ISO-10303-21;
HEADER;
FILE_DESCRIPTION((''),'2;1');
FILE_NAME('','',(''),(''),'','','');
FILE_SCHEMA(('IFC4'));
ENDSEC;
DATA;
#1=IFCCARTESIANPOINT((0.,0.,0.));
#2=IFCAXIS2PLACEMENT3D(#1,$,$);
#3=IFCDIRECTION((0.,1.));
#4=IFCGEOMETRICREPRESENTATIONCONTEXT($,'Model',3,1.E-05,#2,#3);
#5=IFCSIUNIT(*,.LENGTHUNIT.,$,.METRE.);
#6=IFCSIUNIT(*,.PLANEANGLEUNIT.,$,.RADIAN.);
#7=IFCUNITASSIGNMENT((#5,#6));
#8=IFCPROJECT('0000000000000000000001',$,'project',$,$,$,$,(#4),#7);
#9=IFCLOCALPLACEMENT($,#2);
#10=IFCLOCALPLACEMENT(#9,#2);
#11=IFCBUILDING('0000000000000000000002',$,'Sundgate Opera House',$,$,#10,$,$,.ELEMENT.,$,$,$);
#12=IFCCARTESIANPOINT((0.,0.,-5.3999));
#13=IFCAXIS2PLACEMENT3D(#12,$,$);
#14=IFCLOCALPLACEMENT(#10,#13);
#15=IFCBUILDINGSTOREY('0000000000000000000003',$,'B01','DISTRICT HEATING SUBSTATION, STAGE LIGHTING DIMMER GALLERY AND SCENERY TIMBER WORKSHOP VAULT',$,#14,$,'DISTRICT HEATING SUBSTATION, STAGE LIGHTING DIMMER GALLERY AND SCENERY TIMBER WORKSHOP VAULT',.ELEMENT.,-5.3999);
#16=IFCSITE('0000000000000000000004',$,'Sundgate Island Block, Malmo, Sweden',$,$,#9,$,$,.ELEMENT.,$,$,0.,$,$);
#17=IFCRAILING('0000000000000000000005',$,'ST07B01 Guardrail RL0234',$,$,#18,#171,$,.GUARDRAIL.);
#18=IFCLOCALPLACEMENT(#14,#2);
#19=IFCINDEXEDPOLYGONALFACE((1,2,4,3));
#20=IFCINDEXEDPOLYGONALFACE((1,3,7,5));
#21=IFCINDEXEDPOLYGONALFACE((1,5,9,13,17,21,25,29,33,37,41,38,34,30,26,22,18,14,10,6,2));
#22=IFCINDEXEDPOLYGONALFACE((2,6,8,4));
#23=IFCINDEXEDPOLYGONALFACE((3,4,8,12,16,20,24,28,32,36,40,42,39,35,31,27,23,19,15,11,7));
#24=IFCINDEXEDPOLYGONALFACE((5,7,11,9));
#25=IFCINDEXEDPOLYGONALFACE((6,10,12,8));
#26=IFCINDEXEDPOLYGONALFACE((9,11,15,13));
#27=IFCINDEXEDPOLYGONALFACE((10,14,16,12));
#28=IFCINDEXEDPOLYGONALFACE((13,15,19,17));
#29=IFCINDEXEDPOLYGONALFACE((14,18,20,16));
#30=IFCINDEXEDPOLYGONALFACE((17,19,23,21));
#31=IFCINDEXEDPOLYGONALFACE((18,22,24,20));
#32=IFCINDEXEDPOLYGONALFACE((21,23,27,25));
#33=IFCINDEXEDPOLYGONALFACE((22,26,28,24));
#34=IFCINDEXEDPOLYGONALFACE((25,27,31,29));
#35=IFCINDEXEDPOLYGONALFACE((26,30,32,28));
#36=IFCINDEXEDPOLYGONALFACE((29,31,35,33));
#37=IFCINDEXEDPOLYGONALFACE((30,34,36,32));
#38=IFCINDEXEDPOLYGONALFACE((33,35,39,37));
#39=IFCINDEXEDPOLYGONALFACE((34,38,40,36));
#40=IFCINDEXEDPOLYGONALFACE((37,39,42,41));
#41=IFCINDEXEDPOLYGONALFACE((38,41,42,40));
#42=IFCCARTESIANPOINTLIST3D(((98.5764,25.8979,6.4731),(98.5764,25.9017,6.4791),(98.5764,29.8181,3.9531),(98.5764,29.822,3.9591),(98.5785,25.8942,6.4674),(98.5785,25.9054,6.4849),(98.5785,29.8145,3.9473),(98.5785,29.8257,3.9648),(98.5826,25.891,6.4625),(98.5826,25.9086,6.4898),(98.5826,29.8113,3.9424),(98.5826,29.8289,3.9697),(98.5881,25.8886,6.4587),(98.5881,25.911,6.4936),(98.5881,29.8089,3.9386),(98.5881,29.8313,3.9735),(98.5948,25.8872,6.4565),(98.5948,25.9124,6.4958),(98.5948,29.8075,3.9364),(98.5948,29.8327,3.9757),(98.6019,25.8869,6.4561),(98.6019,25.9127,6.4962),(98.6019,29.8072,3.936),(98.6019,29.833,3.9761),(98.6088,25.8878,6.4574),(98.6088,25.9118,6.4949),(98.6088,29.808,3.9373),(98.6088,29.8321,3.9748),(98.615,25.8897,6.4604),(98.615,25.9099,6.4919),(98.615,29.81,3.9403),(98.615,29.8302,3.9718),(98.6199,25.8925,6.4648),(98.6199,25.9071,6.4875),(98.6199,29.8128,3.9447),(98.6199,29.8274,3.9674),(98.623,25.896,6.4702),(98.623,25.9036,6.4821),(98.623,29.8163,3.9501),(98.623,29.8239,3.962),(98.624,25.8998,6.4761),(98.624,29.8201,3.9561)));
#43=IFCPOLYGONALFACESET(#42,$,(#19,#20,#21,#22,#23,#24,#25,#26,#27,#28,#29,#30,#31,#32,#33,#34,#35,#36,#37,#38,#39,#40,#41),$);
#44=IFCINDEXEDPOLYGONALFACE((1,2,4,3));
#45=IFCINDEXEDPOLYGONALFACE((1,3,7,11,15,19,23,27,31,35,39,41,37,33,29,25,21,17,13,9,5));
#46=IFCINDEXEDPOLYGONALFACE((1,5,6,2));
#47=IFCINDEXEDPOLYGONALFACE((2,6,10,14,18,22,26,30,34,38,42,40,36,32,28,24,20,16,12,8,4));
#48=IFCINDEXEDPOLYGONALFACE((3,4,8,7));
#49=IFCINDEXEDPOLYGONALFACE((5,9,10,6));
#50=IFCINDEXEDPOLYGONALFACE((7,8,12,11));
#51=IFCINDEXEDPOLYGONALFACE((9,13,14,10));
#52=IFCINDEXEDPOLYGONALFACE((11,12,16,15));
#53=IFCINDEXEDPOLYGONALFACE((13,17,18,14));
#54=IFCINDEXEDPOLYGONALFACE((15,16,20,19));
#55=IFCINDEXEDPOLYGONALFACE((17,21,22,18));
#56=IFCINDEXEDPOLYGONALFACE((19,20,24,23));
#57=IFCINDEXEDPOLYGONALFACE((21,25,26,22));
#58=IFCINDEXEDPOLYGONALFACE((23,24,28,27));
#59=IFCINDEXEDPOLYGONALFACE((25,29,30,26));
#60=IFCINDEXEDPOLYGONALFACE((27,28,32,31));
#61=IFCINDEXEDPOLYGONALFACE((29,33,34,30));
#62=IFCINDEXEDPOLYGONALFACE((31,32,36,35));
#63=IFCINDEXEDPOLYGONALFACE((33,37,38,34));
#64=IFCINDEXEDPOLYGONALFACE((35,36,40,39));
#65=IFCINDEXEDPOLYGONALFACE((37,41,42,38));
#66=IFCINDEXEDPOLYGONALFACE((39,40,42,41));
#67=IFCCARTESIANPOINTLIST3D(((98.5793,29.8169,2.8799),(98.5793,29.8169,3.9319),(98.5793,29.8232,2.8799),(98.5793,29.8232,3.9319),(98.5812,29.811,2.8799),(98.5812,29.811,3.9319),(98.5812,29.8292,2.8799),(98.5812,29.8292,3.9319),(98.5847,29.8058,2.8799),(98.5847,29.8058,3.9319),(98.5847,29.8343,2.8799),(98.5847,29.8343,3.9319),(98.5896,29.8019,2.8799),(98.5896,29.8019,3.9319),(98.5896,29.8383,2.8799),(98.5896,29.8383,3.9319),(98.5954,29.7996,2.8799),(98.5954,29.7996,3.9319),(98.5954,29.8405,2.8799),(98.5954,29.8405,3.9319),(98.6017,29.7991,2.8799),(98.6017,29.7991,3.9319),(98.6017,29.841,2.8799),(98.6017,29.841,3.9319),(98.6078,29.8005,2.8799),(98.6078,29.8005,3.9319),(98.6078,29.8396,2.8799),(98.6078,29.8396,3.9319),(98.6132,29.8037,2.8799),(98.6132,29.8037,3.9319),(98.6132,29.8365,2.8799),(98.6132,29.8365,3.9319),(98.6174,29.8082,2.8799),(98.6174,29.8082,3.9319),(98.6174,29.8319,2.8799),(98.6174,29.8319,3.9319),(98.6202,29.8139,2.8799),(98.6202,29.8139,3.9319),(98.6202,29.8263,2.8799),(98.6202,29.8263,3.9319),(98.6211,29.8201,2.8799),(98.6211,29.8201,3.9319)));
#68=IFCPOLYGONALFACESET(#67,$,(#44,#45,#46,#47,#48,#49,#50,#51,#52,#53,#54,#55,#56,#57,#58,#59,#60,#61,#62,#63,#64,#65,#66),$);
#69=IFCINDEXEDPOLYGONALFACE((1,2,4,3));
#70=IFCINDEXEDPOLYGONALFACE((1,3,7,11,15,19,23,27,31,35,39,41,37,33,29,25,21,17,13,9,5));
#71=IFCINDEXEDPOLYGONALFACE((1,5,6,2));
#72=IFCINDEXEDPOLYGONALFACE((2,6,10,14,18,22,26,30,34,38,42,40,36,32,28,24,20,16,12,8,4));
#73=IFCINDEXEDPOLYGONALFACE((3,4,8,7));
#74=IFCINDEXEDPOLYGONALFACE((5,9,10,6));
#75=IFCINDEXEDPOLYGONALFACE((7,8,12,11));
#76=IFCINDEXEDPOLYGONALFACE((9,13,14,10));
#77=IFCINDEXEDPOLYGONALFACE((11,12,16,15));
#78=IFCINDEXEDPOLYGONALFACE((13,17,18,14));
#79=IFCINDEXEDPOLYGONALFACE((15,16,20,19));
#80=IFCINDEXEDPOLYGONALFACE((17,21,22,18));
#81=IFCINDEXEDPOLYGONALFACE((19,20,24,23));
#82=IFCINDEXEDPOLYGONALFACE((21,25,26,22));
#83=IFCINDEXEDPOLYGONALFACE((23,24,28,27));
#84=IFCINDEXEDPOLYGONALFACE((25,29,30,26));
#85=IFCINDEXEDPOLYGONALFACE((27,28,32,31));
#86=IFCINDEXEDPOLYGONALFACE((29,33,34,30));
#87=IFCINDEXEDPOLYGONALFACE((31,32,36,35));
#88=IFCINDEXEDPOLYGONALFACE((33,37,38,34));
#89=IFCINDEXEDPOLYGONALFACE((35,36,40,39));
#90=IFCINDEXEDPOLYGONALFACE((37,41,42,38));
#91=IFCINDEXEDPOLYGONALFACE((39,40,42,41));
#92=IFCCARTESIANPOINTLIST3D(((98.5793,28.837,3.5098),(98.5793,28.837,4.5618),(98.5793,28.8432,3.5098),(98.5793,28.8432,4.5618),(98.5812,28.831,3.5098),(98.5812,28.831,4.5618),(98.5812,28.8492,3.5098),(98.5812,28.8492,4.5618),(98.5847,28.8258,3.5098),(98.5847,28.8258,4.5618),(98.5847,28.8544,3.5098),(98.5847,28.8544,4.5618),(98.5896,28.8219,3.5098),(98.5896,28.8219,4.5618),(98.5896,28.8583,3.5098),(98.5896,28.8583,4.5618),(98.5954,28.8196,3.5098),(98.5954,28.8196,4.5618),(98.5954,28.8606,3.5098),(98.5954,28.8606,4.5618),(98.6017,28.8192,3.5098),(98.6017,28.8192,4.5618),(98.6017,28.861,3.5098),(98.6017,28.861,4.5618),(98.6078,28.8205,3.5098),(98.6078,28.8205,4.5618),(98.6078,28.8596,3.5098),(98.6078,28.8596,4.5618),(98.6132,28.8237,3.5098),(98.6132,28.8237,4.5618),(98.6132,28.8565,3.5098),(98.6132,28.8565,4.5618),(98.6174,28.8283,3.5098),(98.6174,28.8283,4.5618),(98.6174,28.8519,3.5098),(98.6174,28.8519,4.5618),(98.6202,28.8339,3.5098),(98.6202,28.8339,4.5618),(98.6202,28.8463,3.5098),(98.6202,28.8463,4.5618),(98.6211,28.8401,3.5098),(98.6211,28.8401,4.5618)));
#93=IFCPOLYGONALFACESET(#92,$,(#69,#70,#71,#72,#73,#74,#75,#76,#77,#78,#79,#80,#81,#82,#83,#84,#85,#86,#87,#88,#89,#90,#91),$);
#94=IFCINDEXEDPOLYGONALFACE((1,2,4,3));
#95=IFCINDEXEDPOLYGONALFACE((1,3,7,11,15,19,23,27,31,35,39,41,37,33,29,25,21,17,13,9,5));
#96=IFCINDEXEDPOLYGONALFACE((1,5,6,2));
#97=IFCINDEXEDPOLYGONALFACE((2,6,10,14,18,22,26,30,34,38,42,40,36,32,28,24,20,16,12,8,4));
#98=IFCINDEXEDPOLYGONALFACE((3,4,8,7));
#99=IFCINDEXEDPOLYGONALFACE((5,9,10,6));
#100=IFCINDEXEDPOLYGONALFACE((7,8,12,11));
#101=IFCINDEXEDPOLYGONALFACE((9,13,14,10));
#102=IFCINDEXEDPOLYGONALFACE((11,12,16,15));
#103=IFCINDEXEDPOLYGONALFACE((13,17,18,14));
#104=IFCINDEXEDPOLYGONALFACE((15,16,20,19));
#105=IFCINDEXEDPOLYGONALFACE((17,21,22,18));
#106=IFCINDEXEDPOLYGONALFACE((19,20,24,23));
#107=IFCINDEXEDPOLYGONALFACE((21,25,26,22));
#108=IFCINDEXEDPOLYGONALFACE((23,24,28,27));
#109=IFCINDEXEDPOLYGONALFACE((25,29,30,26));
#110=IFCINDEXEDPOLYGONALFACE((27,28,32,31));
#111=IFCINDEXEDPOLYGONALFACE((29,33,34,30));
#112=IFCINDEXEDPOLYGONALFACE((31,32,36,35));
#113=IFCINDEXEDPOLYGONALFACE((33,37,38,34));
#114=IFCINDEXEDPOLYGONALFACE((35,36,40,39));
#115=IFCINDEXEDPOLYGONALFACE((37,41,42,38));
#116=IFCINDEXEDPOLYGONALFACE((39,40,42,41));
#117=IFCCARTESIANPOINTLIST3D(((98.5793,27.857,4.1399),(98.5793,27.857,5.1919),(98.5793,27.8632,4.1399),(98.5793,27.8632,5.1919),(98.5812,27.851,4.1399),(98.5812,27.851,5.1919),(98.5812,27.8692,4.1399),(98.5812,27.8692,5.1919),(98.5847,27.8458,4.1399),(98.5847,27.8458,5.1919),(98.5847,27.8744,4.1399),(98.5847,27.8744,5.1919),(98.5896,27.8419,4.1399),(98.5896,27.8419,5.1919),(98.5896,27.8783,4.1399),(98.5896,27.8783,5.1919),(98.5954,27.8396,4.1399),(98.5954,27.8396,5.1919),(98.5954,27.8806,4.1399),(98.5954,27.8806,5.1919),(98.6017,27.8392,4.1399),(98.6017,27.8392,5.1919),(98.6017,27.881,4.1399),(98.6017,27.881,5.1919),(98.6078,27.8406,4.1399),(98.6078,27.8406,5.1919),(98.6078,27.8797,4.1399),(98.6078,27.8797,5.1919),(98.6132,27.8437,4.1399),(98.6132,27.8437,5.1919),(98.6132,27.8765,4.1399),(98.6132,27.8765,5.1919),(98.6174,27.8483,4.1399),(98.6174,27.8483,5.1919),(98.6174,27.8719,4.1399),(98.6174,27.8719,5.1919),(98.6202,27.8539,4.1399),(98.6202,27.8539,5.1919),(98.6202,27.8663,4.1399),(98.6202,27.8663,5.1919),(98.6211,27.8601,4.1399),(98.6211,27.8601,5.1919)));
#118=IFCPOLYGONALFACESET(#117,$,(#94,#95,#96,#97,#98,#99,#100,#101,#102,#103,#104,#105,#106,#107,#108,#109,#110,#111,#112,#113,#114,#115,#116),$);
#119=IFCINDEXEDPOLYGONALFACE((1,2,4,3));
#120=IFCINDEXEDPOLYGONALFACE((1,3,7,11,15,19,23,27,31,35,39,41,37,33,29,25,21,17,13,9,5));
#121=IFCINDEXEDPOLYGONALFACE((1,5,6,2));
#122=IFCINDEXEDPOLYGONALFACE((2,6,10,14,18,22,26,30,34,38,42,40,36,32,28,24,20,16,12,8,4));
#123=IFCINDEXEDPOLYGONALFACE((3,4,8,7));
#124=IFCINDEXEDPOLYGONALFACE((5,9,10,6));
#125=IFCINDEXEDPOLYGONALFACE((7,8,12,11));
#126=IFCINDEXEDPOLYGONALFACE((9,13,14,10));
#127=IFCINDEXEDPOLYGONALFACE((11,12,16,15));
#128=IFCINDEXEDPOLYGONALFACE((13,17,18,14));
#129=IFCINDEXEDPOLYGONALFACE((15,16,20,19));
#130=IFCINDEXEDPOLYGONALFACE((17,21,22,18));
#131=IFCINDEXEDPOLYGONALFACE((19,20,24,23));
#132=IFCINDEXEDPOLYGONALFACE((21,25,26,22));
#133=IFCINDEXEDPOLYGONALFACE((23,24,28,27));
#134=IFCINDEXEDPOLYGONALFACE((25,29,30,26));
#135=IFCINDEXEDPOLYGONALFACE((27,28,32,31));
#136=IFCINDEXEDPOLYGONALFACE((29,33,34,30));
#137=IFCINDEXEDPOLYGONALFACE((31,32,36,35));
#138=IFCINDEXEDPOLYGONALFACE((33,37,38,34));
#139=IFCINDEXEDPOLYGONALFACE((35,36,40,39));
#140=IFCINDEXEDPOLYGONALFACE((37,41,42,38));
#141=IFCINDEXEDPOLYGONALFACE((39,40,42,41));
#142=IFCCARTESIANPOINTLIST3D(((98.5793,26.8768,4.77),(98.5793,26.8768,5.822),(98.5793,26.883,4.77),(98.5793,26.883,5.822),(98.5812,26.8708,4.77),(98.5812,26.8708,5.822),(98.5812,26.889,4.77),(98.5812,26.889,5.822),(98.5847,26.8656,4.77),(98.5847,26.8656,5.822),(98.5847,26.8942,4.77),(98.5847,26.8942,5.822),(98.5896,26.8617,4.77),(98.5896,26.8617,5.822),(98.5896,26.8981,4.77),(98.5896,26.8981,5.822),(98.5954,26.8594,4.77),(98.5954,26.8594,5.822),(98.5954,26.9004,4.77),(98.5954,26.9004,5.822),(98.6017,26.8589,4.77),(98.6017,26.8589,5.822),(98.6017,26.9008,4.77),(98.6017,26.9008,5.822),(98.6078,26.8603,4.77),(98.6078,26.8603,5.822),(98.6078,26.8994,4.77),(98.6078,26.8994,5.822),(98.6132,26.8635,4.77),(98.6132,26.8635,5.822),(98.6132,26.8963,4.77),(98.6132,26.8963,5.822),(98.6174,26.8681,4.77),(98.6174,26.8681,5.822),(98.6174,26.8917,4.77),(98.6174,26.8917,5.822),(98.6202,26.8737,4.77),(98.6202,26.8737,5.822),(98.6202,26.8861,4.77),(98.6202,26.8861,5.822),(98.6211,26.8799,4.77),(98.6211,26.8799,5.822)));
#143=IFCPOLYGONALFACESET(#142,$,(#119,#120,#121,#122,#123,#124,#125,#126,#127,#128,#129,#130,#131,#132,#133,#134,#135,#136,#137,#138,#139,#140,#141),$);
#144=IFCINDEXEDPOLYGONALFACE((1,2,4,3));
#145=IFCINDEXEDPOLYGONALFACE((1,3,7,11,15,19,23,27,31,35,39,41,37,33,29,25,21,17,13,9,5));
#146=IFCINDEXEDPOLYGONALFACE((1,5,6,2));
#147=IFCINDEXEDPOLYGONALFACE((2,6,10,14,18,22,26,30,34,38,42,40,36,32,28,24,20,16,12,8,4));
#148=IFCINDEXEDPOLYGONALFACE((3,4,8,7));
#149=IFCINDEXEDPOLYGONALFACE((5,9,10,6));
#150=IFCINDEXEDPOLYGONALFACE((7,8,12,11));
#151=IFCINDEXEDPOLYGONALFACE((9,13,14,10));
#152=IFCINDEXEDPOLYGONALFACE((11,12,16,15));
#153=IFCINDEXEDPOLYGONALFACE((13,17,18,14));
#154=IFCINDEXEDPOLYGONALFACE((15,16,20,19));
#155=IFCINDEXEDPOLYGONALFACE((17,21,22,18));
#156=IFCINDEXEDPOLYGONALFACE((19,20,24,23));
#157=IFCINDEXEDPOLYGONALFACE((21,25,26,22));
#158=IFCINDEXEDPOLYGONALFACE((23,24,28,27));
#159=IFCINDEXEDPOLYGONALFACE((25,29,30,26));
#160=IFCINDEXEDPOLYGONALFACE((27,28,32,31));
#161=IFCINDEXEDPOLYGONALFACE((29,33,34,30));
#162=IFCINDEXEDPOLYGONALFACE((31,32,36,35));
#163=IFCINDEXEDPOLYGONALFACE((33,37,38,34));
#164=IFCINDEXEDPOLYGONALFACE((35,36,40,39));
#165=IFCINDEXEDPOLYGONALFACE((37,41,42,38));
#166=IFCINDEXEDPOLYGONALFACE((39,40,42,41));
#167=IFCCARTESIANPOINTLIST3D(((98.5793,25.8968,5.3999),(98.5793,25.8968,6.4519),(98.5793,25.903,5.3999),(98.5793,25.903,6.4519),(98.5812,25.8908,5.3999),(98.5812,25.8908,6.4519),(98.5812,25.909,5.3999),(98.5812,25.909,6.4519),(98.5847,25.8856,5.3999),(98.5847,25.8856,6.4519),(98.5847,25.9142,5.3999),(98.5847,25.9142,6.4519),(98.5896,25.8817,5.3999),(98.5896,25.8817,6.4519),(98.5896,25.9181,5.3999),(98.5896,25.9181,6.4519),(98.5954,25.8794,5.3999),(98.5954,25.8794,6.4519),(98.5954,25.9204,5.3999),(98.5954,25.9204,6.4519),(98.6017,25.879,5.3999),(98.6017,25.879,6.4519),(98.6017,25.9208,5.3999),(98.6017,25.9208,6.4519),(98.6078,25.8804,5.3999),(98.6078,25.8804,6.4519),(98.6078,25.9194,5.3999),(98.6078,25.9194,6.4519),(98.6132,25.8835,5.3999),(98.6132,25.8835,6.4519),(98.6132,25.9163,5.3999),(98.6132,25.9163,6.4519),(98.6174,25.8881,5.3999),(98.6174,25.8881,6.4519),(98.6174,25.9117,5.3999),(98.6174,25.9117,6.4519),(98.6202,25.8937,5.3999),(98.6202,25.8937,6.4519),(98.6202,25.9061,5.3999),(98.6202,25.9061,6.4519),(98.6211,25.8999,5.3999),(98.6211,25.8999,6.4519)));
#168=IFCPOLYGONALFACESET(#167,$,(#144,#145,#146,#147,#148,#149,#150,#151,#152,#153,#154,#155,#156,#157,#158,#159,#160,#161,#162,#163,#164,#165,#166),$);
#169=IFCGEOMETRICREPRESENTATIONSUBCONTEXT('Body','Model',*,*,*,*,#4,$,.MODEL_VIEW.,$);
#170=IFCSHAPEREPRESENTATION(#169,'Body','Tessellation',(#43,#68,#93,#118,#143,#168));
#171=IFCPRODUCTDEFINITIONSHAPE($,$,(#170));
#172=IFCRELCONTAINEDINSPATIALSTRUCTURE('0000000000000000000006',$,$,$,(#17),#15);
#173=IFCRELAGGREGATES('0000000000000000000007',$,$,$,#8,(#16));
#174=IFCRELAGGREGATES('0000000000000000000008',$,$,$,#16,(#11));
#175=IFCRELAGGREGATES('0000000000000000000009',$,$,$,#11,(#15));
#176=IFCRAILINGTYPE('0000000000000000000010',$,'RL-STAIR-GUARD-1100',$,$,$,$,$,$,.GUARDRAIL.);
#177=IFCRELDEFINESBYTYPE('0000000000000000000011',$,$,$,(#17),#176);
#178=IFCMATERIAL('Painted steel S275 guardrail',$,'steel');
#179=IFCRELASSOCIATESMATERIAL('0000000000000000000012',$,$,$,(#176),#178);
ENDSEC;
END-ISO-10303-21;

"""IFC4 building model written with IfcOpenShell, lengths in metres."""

from ifc_helpers import new_model, si_unit, direction, frame, origin, origin_2d, place, context, subcontext, project, spatial, circle, extrude, material, type_object, element, save


model = new_model("IFC4")

# Units and contexts
model_context = context("Model", 3, precision=1e-05, world=origin(), true_north=direction((0.0, 1.0)))
body_context = subcontext(model_context, "Body", "Model", "MODEL_VIEW")
ifc_project = project(units=[si_unit("LENGTHUNIT", "METRE"), si_unit("PLANEANGLEUNIT", "RADIAN")], contexts=[model_context])

# Site, building, storey
site_placement = place(None, origin())
site = spatial("IfcSite", under=ifc_project, at=site_placement, Name="Sundgate Island Block, Malmo, Sweden", CompositionType="ELEMENT", RefElevation=0.0)
building_placement = place(site_placement, origin())
building = spatial("IfcBuilding", under=site, at=building_placement, Name="Sundgate Opera House", CompositionType="ELEMENT")
storey_placement = place(building_placement, frame((0.0, 0.0, -5.3999)))
storey = spatial("IfcBuildingStorey", under=building, at=storey_placement, Name="B01", Description="DISTRICT HEATING SUBSTATION, STAGE LIGHTING DIMMER GALLERY AND SCENERY TIMBER WORKSHOP VAULT", LongName="DISTRICT HEATING SUBSTATION, STAGE LIGHTING DIMMER GALLERY AND SCENERY TIMBER WORKSHOP VAULT", CompositionType="ELEMENT", Elevation=-5.3999)

# Railing
ifc_material_1 = material(Name="Painted steel S275 guardrail", Category="steel")
railing_type_1 = type_object("IfcRailingType", Name="RL-STAIR-GUARD-1100", PredefinedType="GUARDRAIL", material=ifc_material_1)
railing_1_placement = place(storey_placement, frame((98.6001, 29.8201, 2.8799)))
element("IfcRailing", 1, at=railing_1_placement, inside=storey, type_object=railing_type_1, Name="ST07B01 Guardrail RL0234", PredefinedType="GUARDRAIL", context=body_context, shape_type="SweptSolid", body=[
    extrude(circle(Radius=0.0239, at=origin_2d()), frame((0.0, 0.0, 1.0762), z_axis=(0.0, -0.841187, 0.540744), x_axis=(1.0, 0.0, 0.0)), (0.0, 0.0, 1.0), 4.6604),
    extrude(circle(Radius=0.021, at=origin_2d()), origin(), (0.0, 0.0, 1.0), 1.052),
    extrude(circle(Radius=0.021, at=origin_2d()), frame((0.0, -0.98, 0.6299)), (0.0, 0.0, 1.0), 1.052),
    extrude(circle(Radius=0.021, at=origin_2d()), frame((0.0, -1.96, 1.26)), (0.0, 0.0, 1.0), 1.052),
    extrude(circle(Radius=0.021, at=origin_2d()), frame((0.0, -2.9402, 1.8901)), (0.0, 0.0, 1.0), 1.052),
    extrude(circle(Radius=0.021, at=origin_2d()), frame((0.0, -3.9202, 2.52)), (0.0, 0.0, 1.0), 1.052),
])

save(model, "model.ifc")
